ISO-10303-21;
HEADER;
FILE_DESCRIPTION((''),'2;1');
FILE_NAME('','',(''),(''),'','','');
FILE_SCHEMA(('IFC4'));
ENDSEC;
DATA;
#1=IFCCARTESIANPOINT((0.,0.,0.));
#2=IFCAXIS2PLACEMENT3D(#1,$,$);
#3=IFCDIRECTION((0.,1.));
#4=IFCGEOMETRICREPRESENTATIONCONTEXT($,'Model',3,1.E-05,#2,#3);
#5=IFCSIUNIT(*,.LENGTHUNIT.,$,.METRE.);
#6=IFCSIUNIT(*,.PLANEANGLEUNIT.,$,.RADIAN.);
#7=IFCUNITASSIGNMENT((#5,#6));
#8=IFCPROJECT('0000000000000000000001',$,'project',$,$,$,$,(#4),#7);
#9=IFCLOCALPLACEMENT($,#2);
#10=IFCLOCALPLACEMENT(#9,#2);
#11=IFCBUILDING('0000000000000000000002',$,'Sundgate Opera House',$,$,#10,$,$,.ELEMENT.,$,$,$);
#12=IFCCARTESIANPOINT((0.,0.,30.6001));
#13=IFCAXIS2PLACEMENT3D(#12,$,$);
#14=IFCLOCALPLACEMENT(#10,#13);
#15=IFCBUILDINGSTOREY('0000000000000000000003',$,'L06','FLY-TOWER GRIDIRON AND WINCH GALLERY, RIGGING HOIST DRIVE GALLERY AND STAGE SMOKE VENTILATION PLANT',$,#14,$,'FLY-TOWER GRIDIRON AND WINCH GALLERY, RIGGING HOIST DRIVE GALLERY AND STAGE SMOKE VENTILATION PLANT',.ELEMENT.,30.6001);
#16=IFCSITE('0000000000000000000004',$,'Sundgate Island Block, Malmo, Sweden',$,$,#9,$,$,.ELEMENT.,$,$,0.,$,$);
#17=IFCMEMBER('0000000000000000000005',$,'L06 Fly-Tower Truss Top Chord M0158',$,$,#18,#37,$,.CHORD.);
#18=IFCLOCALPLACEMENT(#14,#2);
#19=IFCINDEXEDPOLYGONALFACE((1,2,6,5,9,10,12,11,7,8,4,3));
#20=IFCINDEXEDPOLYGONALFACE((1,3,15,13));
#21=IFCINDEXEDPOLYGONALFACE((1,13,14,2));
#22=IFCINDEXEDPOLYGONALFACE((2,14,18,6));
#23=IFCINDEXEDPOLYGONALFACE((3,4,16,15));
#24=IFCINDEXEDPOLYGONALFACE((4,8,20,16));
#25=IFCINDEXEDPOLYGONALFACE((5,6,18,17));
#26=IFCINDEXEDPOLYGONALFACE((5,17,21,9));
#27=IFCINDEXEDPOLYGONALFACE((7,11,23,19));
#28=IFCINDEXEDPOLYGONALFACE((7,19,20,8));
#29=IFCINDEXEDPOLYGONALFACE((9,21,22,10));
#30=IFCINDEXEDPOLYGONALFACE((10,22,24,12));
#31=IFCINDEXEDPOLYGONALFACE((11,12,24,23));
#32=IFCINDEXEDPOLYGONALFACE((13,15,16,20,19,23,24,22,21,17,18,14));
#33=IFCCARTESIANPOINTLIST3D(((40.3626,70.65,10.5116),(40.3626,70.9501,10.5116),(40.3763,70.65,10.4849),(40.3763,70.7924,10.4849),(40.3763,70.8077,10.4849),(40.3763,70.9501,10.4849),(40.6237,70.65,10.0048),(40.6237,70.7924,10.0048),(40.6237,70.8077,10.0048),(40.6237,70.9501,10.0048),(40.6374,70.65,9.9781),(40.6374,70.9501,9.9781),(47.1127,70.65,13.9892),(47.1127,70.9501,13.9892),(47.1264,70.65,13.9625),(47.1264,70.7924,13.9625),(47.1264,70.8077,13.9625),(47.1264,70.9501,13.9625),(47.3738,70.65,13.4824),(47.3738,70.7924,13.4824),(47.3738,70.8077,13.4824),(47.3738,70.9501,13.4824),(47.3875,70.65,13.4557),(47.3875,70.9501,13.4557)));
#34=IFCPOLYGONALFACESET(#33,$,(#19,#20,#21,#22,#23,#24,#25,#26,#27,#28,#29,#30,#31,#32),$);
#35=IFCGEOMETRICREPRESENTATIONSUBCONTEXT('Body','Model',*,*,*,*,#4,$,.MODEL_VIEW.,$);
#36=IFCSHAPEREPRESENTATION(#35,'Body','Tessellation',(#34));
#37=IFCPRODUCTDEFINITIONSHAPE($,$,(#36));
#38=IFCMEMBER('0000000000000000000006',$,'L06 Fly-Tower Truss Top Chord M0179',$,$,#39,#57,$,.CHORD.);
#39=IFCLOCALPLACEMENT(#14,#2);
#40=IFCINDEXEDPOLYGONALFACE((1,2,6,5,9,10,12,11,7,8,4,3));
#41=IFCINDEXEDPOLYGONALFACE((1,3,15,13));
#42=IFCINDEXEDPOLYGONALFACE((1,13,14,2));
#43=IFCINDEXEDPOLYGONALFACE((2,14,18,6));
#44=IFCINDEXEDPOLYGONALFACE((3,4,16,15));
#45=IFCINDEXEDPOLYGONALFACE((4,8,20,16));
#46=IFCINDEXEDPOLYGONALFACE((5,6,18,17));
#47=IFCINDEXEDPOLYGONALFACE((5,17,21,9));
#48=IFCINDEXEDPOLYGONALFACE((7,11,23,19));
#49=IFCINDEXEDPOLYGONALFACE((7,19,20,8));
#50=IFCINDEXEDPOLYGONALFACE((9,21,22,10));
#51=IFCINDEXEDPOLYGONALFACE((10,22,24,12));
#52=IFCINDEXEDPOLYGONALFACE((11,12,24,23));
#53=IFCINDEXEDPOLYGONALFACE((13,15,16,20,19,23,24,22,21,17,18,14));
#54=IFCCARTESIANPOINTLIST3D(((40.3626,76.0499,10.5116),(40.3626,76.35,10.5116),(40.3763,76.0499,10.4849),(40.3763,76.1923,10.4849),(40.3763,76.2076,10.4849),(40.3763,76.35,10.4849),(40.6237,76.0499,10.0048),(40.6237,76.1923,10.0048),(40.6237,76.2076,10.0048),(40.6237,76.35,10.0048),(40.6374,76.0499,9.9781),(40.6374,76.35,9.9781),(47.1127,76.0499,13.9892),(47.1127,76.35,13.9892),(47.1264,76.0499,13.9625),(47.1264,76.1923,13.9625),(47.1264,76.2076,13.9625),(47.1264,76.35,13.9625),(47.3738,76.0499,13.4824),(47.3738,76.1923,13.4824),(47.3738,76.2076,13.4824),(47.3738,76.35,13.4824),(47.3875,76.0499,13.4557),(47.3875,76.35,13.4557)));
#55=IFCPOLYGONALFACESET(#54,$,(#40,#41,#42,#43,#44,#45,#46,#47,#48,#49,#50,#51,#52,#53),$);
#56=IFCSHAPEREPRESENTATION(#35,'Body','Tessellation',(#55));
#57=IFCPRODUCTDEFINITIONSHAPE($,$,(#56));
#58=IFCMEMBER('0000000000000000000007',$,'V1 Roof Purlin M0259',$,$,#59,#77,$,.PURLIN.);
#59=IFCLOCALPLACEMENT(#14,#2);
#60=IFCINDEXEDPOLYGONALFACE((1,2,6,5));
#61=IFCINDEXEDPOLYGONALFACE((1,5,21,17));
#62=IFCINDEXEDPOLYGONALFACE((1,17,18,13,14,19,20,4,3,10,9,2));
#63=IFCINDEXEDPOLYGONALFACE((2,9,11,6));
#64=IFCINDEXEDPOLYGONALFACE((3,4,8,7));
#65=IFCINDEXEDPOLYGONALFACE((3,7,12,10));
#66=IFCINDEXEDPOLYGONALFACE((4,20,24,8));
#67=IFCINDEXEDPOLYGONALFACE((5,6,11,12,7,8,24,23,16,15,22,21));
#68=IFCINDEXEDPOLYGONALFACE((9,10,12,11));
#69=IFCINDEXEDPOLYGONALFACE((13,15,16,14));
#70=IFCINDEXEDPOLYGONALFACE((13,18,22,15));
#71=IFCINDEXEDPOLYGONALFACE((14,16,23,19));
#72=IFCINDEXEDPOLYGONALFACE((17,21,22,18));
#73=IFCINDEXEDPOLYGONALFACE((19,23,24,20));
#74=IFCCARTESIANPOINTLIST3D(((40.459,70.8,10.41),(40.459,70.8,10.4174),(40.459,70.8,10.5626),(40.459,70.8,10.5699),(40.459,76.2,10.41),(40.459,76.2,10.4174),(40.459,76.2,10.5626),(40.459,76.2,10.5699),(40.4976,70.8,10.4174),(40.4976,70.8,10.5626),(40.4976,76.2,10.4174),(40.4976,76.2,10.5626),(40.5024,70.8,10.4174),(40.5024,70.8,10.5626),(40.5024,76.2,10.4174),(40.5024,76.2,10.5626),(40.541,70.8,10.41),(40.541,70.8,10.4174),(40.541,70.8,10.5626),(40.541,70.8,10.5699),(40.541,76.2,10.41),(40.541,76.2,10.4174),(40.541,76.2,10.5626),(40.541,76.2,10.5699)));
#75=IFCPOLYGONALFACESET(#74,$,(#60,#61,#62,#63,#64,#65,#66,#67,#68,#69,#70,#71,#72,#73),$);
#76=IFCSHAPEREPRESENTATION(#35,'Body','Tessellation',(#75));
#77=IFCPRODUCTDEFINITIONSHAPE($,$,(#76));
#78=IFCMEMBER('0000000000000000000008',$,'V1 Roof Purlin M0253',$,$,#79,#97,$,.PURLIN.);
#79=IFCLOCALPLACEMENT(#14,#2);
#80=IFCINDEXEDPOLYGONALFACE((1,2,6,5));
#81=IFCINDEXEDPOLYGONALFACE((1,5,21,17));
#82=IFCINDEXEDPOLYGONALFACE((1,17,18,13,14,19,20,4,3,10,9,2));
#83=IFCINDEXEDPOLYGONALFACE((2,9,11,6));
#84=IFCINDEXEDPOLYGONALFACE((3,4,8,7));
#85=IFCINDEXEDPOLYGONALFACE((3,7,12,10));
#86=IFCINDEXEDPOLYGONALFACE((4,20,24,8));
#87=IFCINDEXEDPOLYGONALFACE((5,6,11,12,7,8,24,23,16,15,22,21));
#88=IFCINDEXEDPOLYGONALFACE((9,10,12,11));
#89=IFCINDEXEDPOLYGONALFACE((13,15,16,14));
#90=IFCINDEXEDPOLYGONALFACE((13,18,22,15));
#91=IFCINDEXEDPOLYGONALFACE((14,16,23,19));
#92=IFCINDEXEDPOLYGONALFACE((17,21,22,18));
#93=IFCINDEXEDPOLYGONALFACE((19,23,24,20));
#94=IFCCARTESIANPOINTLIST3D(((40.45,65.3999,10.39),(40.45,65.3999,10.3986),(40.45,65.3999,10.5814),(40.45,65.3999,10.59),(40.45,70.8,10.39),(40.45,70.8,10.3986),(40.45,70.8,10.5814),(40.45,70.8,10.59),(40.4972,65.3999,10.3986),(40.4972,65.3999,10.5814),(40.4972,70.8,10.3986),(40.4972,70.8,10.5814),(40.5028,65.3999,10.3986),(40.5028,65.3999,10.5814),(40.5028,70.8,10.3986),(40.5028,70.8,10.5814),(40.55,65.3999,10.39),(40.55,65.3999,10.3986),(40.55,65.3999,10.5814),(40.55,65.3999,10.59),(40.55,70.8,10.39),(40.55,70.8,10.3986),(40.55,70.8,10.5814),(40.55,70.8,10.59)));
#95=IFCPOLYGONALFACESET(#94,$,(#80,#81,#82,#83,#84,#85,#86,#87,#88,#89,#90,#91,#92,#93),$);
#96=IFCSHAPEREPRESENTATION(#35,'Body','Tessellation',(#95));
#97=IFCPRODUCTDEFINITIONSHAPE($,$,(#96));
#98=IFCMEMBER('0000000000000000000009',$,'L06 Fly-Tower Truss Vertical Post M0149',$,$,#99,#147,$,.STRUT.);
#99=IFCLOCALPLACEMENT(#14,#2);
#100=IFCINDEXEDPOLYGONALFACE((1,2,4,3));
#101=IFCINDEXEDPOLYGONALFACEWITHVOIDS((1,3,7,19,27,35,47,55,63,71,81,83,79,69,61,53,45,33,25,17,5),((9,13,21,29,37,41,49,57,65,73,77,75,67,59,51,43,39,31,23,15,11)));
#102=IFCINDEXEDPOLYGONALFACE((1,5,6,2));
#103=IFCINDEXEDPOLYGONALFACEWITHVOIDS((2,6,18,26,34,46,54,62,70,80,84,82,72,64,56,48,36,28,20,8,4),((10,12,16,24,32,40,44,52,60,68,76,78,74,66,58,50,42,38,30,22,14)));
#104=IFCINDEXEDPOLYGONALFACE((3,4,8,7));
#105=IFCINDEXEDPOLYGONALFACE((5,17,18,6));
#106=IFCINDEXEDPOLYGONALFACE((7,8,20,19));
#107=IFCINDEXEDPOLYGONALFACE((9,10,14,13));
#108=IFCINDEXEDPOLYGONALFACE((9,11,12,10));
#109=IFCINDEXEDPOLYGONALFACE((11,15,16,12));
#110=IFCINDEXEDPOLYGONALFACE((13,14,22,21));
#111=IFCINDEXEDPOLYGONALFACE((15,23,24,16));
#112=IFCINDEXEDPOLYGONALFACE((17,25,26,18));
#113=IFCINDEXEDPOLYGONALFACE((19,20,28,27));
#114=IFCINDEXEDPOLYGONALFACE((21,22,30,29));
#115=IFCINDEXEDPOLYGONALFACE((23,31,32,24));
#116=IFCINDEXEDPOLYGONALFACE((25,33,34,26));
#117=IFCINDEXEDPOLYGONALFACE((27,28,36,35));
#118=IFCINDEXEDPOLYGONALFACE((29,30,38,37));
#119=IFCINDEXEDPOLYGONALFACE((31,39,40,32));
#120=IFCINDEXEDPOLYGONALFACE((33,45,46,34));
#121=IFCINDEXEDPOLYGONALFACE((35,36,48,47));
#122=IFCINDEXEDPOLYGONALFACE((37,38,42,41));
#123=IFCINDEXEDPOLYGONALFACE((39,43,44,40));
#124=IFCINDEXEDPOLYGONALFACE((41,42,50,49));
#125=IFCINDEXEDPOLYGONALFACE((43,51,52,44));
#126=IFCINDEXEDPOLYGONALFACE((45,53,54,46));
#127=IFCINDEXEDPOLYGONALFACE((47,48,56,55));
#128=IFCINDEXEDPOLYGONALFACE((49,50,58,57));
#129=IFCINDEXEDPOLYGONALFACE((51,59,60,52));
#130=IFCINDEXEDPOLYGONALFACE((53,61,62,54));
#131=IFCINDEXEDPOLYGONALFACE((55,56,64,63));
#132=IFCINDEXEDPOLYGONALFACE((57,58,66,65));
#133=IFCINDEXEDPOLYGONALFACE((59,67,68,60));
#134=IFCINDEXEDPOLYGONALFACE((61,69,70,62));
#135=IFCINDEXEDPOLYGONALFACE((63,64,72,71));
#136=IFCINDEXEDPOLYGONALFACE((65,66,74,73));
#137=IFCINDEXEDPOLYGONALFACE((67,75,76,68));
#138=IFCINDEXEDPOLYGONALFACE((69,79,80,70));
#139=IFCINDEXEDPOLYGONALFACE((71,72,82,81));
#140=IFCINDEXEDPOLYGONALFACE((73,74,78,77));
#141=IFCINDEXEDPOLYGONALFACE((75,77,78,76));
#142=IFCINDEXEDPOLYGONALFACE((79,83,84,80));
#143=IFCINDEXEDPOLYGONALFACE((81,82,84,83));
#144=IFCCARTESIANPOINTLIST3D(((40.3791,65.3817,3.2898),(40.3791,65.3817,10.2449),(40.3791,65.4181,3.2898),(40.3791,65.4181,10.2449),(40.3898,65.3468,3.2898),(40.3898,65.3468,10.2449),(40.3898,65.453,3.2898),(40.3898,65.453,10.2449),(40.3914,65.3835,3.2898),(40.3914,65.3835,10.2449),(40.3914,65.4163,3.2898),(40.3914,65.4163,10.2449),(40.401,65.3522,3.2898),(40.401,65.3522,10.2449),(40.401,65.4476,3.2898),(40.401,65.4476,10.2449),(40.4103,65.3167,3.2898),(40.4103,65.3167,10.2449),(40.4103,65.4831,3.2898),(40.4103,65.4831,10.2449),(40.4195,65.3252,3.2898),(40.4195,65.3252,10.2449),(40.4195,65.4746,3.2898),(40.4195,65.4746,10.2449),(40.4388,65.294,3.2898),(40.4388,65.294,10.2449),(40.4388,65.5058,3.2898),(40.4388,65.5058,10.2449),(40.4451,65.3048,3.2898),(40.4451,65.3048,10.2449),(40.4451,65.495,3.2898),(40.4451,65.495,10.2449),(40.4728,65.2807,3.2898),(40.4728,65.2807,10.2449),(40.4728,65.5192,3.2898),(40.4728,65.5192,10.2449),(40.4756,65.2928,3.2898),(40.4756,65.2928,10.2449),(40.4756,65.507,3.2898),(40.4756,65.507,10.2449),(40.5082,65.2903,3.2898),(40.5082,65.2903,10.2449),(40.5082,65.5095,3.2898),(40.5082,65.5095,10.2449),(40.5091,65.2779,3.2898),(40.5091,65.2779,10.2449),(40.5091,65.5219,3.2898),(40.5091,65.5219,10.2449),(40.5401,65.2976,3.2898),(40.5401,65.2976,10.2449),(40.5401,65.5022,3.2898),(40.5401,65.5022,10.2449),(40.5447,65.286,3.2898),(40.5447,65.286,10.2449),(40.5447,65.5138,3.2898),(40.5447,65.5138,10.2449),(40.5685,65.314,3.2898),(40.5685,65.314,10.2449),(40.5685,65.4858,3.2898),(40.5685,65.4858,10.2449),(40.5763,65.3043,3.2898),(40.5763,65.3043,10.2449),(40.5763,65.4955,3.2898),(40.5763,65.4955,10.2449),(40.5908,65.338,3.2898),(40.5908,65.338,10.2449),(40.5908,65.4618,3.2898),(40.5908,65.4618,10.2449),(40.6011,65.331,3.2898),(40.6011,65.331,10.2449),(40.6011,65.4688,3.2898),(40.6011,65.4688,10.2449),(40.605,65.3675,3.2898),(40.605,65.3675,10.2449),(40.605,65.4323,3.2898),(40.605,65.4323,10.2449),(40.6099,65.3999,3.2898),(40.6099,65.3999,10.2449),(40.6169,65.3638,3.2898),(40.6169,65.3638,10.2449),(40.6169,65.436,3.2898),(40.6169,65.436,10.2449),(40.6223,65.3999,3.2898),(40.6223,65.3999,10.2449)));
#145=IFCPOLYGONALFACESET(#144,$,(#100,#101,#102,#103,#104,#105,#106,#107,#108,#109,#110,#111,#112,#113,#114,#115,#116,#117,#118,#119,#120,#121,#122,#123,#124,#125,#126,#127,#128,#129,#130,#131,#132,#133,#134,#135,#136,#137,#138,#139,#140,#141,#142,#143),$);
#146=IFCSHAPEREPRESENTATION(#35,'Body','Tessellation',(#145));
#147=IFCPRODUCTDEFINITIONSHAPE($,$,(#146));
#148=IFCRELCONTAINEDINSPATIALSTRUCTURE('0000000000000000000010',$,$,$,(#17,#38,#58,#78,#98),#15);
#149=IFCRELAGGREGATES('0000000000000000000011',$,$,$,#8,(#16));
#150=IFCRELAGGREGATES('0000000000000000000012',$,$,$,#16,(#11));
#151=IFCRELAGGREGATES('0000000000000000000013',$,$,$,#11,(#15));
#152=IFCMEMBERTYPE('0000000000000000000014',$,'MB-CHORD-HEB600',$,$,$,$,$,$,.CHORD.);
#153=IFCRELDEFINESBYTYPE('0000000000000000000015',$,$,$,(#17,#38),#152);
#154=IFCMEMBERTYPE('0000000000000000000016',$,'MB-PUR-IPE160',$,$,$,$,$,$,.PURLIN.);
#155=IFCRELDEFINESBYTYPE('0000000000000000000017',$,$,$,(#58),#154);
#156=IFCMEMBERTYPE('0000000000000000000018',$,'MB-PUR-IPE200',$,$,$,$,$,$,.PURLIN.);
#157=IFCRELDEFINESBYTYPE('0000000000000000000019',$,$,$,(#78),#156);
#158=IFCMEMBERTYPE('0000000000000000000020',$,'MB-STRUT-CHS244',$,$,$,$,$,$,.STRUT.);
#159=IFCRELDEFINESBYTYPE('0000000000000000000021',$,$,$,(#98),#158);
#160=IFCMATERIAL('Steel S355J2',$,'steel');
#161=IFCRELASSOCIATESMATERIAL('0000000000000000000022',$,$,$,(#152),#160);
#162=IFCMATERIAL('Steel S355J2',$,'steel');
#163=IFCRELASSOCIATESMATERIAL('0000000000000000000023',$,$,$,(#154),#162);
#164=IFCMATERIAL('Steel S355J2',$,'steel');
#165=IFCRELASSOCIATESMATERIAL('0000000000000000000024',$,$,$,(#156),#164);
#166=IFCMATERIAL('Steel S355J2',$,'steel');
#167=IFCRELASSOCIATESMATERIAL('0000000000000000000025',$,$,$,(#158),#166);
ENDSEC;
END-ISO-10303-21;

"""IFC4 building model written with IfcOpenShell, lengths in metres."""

from ifc_helpers import new_model, si_unit, direction, frame, origin, origin_2d, place, context, subcontext, project, spatial, hollow_circle, i_section, extrude, material, material_profile, profile_set, type_object, element, save


model = new_model("IFC4")

# Units and contexts
model_context = context("Model", 3, precision=1e-05, world=origin(), true_north=direction((0.0, 1.0)))
body_context = subcontext(model_context, "Body", "Model", "MODEL_VIEW")
ifc_project = project(units=[si_unit("LENGTHUNIT", "METRE"), si_unit("PLANEANGLEUNIT", "RADIAN")], contexts=[model_context])

# Site, building, storey
site_placement = place(None, origin())
site = spatial("IfcSite", under=ifc_project, at=site_placement, Name="Sundgate Island Block, Malmo, Sweden", CompositionType="ELEMENT", RefElevation=0.0)
building_placement = place(site_placement, origin())
building = spatial("IfcBuilding", under=site, at=building_placement, Name="Sundgate Opera House", CompositionType="ELEMENT")
storey_placement = place(building_placement, frame((0.0, 0.0, 30.6001)))
storey = spatial("IfcBuildingStorey", under=building, at=storey_placement, Name="L06", Description="FLY-TOWER GRIDIRON AND WINCH GALLERY, RIGGING HOIST DRIVE GALLERY AND STAGE SMOKE VENTILATION PLANT", LongName="FLY-TOWER GRIDIRON AND WINCH GALLERY, RIGGING HOIST DRIVE GALLERY AND STAGE SMOKE VENTILATION PLANT", CompositionType="ELEMENT", Elevation=30.6001)

# Members
ifc_material_1 = material(Name="Steel S355J2", Category="steel")
ifc_material_profile_1 = material_profile(ifc_material_1, i_section(OverallWidth=0.3, OverallDepth=0.6001, WebThickness=0.0154, FlangeThickness=0.03, at=origin_2d()), Name="HEB 600")
ifc_profile_set_1 = profile_set([ifc_material_profile_1], Name="Steel S355J2")
member_type_1 = type_object("IfcMemberType", Name="MB-CHORD-HEB600", PredefinedType="CHORD", material=ifc_profile_set_1)
for number, where, z_axis, x_axis, name in (
    (1, (40.5, 70.8, 10.2449), (0.88896, 0.0, 0.457984), (0.0, 1.0, 0.0), "L06 Fly-Tower Truss Top Chord M0158"),
    (2, (40.5, 76.2, 10.2449), (0.88896, 0.0, 0.457984), (0.0, 1.0, 0.0), "L06 Fly-Tower Truss Top Chord M0179"),
):
    element("IfcMember", number, at=place(storey_placement, frame(where, z_axis=z_axis, x_axis=x_axis)), inside=storey, type_object=member_type_1, Name=name, PredefinedType="CHORD", context=body_context, shape_type="SweptSolid", body=[
        extrude(i_section(OverallWidth=0.3, OverallDepth=0.6001, WebThickness=0.0154, FlangeThickness=0.03, at=origin_2d()), origin(), (0.0, 0.0, 1.0), 7.5933),
    ])
ifc_material_2 = material(Name="Steel S355J2", Category="steel")
ifc_material_profile_2 = material_profile(ifc_material_2, i_section(OverallWidth=0.082, OverallDepth=0.1599, WebThickness=0.0049, FlangeThickness=0.0073, at=origin_2d()), Name="IPE 160")
ifc_profile_set_2 = profile_set([ifc_material_profile_2], Name="Steel S355J2")
member_type_2 = type_object("IfcMemberType", Name="MB-PUR-IPE160", PredefinedType="PURLIN", material=ifc_profile_set_2)
member_1_placement = place(storey_placement, frame((40.5, 70.8, 10.49), z_axis=(0.0, 1.0, 0.0), x_axis=(-1.0, 0.0, 0.0)))
element("IfcMember", 3, at=member_1_placement, inside=storey, type_object=member_type_2, Name="V1 Roof Purlin M0259", PredefinedType="PURLIN", context=body_context, shape_type="SweptSolid", body=[
    extrude(i_section(OverallWidth=0.082, OverallDepth=0.1599, WebThickness=0.0049, FlangeThickness=0.0073, at=origin_2d()), origin(), (0.0, 0.0, 1.0), 5.3999),
])
ifc_material_3 = material(Name="Steel S355J2", Category="steel")
ifc_material_profile_3 = material_profile(ifc_material_3, i_section(OverallWidth=0.1001, OverallDepth=0.2, WebThickness=0.0056, FlangeThickness=0.0085, at=origin_2d()), Name="IPE 200")
ifc_profile_set_3 = profile_set([ifc_material_profile_3], Name="Steel S355J2")
member_type_3 = type_object("IfcMemberType", Name="MB-PUR-IPE200", PredefinedType="PURLIN", material=ifc_profile_set_3)
member_2_placement = place(storey_placement, frame((40.5, 65.3999, 10.49), z_axis=(0.0, 1.0, 0.0), x_axis=(-1.0, 0.0, 0.0)))
element("IfcMember", 4, at=member_2_placement, inside=storey, type_object=member_type_3, Name="V1 Roof Purlin M0253", PredefinedType="PURLIN", context=body_context, shape_type="SweptSolid", body=[
    extrude(i_section(OverallWidth=0.1001, OverallDepth=0.2, WebThickness=0.0056, FlangeThickness=0.0085, at=origin_2d()), origin(), (0.0, 0.0, 1.0), 5.4001),
])
ifc_material_4 = material(Name="Steel S355J2", Category="steel")
ifc_material_profile_4 = material_profile(ifc_material_4, hollow_circle(Radius=0.1223, WallThickness=0.0125, at=origin_2d()), Name="CHS 244.5x12.5")
ifc_profile_set_4 = profile_set([ifc_material_profile_4], Name="Steel S355J2")
member_type_4 = type_object("IfcMemberType", Name="MB-STRUT-CHS244", PredefinedType="STRUT", material=ifc_profile_set_4)
for number, where, z_axis, x_axis, name in (
    (5, (40.5, 65.3999, 3.2898), (0.0, 0.0, 1.0), (1.0, 0.0, 0.0), "L06 Fly-Tower Truss Vertical Post M0149"),
):
    element("IfcMember", number, at=place(storey_placement, frame(where, z_axis=z_axis, x_axis=x_axis)), inside=storey, type_object=member_type_4, Name=name, PredefinedType="STRUT", context=body_context, shape_type="SweptSolid", body=[
        extrude(hollow_circle(Radius=0.1223, WallThickness=0.0125, at=origin_2d()), origin(), (0.0, 0.0, 1.0), 6.9551),
    ])

save(model, "model.ifc")
